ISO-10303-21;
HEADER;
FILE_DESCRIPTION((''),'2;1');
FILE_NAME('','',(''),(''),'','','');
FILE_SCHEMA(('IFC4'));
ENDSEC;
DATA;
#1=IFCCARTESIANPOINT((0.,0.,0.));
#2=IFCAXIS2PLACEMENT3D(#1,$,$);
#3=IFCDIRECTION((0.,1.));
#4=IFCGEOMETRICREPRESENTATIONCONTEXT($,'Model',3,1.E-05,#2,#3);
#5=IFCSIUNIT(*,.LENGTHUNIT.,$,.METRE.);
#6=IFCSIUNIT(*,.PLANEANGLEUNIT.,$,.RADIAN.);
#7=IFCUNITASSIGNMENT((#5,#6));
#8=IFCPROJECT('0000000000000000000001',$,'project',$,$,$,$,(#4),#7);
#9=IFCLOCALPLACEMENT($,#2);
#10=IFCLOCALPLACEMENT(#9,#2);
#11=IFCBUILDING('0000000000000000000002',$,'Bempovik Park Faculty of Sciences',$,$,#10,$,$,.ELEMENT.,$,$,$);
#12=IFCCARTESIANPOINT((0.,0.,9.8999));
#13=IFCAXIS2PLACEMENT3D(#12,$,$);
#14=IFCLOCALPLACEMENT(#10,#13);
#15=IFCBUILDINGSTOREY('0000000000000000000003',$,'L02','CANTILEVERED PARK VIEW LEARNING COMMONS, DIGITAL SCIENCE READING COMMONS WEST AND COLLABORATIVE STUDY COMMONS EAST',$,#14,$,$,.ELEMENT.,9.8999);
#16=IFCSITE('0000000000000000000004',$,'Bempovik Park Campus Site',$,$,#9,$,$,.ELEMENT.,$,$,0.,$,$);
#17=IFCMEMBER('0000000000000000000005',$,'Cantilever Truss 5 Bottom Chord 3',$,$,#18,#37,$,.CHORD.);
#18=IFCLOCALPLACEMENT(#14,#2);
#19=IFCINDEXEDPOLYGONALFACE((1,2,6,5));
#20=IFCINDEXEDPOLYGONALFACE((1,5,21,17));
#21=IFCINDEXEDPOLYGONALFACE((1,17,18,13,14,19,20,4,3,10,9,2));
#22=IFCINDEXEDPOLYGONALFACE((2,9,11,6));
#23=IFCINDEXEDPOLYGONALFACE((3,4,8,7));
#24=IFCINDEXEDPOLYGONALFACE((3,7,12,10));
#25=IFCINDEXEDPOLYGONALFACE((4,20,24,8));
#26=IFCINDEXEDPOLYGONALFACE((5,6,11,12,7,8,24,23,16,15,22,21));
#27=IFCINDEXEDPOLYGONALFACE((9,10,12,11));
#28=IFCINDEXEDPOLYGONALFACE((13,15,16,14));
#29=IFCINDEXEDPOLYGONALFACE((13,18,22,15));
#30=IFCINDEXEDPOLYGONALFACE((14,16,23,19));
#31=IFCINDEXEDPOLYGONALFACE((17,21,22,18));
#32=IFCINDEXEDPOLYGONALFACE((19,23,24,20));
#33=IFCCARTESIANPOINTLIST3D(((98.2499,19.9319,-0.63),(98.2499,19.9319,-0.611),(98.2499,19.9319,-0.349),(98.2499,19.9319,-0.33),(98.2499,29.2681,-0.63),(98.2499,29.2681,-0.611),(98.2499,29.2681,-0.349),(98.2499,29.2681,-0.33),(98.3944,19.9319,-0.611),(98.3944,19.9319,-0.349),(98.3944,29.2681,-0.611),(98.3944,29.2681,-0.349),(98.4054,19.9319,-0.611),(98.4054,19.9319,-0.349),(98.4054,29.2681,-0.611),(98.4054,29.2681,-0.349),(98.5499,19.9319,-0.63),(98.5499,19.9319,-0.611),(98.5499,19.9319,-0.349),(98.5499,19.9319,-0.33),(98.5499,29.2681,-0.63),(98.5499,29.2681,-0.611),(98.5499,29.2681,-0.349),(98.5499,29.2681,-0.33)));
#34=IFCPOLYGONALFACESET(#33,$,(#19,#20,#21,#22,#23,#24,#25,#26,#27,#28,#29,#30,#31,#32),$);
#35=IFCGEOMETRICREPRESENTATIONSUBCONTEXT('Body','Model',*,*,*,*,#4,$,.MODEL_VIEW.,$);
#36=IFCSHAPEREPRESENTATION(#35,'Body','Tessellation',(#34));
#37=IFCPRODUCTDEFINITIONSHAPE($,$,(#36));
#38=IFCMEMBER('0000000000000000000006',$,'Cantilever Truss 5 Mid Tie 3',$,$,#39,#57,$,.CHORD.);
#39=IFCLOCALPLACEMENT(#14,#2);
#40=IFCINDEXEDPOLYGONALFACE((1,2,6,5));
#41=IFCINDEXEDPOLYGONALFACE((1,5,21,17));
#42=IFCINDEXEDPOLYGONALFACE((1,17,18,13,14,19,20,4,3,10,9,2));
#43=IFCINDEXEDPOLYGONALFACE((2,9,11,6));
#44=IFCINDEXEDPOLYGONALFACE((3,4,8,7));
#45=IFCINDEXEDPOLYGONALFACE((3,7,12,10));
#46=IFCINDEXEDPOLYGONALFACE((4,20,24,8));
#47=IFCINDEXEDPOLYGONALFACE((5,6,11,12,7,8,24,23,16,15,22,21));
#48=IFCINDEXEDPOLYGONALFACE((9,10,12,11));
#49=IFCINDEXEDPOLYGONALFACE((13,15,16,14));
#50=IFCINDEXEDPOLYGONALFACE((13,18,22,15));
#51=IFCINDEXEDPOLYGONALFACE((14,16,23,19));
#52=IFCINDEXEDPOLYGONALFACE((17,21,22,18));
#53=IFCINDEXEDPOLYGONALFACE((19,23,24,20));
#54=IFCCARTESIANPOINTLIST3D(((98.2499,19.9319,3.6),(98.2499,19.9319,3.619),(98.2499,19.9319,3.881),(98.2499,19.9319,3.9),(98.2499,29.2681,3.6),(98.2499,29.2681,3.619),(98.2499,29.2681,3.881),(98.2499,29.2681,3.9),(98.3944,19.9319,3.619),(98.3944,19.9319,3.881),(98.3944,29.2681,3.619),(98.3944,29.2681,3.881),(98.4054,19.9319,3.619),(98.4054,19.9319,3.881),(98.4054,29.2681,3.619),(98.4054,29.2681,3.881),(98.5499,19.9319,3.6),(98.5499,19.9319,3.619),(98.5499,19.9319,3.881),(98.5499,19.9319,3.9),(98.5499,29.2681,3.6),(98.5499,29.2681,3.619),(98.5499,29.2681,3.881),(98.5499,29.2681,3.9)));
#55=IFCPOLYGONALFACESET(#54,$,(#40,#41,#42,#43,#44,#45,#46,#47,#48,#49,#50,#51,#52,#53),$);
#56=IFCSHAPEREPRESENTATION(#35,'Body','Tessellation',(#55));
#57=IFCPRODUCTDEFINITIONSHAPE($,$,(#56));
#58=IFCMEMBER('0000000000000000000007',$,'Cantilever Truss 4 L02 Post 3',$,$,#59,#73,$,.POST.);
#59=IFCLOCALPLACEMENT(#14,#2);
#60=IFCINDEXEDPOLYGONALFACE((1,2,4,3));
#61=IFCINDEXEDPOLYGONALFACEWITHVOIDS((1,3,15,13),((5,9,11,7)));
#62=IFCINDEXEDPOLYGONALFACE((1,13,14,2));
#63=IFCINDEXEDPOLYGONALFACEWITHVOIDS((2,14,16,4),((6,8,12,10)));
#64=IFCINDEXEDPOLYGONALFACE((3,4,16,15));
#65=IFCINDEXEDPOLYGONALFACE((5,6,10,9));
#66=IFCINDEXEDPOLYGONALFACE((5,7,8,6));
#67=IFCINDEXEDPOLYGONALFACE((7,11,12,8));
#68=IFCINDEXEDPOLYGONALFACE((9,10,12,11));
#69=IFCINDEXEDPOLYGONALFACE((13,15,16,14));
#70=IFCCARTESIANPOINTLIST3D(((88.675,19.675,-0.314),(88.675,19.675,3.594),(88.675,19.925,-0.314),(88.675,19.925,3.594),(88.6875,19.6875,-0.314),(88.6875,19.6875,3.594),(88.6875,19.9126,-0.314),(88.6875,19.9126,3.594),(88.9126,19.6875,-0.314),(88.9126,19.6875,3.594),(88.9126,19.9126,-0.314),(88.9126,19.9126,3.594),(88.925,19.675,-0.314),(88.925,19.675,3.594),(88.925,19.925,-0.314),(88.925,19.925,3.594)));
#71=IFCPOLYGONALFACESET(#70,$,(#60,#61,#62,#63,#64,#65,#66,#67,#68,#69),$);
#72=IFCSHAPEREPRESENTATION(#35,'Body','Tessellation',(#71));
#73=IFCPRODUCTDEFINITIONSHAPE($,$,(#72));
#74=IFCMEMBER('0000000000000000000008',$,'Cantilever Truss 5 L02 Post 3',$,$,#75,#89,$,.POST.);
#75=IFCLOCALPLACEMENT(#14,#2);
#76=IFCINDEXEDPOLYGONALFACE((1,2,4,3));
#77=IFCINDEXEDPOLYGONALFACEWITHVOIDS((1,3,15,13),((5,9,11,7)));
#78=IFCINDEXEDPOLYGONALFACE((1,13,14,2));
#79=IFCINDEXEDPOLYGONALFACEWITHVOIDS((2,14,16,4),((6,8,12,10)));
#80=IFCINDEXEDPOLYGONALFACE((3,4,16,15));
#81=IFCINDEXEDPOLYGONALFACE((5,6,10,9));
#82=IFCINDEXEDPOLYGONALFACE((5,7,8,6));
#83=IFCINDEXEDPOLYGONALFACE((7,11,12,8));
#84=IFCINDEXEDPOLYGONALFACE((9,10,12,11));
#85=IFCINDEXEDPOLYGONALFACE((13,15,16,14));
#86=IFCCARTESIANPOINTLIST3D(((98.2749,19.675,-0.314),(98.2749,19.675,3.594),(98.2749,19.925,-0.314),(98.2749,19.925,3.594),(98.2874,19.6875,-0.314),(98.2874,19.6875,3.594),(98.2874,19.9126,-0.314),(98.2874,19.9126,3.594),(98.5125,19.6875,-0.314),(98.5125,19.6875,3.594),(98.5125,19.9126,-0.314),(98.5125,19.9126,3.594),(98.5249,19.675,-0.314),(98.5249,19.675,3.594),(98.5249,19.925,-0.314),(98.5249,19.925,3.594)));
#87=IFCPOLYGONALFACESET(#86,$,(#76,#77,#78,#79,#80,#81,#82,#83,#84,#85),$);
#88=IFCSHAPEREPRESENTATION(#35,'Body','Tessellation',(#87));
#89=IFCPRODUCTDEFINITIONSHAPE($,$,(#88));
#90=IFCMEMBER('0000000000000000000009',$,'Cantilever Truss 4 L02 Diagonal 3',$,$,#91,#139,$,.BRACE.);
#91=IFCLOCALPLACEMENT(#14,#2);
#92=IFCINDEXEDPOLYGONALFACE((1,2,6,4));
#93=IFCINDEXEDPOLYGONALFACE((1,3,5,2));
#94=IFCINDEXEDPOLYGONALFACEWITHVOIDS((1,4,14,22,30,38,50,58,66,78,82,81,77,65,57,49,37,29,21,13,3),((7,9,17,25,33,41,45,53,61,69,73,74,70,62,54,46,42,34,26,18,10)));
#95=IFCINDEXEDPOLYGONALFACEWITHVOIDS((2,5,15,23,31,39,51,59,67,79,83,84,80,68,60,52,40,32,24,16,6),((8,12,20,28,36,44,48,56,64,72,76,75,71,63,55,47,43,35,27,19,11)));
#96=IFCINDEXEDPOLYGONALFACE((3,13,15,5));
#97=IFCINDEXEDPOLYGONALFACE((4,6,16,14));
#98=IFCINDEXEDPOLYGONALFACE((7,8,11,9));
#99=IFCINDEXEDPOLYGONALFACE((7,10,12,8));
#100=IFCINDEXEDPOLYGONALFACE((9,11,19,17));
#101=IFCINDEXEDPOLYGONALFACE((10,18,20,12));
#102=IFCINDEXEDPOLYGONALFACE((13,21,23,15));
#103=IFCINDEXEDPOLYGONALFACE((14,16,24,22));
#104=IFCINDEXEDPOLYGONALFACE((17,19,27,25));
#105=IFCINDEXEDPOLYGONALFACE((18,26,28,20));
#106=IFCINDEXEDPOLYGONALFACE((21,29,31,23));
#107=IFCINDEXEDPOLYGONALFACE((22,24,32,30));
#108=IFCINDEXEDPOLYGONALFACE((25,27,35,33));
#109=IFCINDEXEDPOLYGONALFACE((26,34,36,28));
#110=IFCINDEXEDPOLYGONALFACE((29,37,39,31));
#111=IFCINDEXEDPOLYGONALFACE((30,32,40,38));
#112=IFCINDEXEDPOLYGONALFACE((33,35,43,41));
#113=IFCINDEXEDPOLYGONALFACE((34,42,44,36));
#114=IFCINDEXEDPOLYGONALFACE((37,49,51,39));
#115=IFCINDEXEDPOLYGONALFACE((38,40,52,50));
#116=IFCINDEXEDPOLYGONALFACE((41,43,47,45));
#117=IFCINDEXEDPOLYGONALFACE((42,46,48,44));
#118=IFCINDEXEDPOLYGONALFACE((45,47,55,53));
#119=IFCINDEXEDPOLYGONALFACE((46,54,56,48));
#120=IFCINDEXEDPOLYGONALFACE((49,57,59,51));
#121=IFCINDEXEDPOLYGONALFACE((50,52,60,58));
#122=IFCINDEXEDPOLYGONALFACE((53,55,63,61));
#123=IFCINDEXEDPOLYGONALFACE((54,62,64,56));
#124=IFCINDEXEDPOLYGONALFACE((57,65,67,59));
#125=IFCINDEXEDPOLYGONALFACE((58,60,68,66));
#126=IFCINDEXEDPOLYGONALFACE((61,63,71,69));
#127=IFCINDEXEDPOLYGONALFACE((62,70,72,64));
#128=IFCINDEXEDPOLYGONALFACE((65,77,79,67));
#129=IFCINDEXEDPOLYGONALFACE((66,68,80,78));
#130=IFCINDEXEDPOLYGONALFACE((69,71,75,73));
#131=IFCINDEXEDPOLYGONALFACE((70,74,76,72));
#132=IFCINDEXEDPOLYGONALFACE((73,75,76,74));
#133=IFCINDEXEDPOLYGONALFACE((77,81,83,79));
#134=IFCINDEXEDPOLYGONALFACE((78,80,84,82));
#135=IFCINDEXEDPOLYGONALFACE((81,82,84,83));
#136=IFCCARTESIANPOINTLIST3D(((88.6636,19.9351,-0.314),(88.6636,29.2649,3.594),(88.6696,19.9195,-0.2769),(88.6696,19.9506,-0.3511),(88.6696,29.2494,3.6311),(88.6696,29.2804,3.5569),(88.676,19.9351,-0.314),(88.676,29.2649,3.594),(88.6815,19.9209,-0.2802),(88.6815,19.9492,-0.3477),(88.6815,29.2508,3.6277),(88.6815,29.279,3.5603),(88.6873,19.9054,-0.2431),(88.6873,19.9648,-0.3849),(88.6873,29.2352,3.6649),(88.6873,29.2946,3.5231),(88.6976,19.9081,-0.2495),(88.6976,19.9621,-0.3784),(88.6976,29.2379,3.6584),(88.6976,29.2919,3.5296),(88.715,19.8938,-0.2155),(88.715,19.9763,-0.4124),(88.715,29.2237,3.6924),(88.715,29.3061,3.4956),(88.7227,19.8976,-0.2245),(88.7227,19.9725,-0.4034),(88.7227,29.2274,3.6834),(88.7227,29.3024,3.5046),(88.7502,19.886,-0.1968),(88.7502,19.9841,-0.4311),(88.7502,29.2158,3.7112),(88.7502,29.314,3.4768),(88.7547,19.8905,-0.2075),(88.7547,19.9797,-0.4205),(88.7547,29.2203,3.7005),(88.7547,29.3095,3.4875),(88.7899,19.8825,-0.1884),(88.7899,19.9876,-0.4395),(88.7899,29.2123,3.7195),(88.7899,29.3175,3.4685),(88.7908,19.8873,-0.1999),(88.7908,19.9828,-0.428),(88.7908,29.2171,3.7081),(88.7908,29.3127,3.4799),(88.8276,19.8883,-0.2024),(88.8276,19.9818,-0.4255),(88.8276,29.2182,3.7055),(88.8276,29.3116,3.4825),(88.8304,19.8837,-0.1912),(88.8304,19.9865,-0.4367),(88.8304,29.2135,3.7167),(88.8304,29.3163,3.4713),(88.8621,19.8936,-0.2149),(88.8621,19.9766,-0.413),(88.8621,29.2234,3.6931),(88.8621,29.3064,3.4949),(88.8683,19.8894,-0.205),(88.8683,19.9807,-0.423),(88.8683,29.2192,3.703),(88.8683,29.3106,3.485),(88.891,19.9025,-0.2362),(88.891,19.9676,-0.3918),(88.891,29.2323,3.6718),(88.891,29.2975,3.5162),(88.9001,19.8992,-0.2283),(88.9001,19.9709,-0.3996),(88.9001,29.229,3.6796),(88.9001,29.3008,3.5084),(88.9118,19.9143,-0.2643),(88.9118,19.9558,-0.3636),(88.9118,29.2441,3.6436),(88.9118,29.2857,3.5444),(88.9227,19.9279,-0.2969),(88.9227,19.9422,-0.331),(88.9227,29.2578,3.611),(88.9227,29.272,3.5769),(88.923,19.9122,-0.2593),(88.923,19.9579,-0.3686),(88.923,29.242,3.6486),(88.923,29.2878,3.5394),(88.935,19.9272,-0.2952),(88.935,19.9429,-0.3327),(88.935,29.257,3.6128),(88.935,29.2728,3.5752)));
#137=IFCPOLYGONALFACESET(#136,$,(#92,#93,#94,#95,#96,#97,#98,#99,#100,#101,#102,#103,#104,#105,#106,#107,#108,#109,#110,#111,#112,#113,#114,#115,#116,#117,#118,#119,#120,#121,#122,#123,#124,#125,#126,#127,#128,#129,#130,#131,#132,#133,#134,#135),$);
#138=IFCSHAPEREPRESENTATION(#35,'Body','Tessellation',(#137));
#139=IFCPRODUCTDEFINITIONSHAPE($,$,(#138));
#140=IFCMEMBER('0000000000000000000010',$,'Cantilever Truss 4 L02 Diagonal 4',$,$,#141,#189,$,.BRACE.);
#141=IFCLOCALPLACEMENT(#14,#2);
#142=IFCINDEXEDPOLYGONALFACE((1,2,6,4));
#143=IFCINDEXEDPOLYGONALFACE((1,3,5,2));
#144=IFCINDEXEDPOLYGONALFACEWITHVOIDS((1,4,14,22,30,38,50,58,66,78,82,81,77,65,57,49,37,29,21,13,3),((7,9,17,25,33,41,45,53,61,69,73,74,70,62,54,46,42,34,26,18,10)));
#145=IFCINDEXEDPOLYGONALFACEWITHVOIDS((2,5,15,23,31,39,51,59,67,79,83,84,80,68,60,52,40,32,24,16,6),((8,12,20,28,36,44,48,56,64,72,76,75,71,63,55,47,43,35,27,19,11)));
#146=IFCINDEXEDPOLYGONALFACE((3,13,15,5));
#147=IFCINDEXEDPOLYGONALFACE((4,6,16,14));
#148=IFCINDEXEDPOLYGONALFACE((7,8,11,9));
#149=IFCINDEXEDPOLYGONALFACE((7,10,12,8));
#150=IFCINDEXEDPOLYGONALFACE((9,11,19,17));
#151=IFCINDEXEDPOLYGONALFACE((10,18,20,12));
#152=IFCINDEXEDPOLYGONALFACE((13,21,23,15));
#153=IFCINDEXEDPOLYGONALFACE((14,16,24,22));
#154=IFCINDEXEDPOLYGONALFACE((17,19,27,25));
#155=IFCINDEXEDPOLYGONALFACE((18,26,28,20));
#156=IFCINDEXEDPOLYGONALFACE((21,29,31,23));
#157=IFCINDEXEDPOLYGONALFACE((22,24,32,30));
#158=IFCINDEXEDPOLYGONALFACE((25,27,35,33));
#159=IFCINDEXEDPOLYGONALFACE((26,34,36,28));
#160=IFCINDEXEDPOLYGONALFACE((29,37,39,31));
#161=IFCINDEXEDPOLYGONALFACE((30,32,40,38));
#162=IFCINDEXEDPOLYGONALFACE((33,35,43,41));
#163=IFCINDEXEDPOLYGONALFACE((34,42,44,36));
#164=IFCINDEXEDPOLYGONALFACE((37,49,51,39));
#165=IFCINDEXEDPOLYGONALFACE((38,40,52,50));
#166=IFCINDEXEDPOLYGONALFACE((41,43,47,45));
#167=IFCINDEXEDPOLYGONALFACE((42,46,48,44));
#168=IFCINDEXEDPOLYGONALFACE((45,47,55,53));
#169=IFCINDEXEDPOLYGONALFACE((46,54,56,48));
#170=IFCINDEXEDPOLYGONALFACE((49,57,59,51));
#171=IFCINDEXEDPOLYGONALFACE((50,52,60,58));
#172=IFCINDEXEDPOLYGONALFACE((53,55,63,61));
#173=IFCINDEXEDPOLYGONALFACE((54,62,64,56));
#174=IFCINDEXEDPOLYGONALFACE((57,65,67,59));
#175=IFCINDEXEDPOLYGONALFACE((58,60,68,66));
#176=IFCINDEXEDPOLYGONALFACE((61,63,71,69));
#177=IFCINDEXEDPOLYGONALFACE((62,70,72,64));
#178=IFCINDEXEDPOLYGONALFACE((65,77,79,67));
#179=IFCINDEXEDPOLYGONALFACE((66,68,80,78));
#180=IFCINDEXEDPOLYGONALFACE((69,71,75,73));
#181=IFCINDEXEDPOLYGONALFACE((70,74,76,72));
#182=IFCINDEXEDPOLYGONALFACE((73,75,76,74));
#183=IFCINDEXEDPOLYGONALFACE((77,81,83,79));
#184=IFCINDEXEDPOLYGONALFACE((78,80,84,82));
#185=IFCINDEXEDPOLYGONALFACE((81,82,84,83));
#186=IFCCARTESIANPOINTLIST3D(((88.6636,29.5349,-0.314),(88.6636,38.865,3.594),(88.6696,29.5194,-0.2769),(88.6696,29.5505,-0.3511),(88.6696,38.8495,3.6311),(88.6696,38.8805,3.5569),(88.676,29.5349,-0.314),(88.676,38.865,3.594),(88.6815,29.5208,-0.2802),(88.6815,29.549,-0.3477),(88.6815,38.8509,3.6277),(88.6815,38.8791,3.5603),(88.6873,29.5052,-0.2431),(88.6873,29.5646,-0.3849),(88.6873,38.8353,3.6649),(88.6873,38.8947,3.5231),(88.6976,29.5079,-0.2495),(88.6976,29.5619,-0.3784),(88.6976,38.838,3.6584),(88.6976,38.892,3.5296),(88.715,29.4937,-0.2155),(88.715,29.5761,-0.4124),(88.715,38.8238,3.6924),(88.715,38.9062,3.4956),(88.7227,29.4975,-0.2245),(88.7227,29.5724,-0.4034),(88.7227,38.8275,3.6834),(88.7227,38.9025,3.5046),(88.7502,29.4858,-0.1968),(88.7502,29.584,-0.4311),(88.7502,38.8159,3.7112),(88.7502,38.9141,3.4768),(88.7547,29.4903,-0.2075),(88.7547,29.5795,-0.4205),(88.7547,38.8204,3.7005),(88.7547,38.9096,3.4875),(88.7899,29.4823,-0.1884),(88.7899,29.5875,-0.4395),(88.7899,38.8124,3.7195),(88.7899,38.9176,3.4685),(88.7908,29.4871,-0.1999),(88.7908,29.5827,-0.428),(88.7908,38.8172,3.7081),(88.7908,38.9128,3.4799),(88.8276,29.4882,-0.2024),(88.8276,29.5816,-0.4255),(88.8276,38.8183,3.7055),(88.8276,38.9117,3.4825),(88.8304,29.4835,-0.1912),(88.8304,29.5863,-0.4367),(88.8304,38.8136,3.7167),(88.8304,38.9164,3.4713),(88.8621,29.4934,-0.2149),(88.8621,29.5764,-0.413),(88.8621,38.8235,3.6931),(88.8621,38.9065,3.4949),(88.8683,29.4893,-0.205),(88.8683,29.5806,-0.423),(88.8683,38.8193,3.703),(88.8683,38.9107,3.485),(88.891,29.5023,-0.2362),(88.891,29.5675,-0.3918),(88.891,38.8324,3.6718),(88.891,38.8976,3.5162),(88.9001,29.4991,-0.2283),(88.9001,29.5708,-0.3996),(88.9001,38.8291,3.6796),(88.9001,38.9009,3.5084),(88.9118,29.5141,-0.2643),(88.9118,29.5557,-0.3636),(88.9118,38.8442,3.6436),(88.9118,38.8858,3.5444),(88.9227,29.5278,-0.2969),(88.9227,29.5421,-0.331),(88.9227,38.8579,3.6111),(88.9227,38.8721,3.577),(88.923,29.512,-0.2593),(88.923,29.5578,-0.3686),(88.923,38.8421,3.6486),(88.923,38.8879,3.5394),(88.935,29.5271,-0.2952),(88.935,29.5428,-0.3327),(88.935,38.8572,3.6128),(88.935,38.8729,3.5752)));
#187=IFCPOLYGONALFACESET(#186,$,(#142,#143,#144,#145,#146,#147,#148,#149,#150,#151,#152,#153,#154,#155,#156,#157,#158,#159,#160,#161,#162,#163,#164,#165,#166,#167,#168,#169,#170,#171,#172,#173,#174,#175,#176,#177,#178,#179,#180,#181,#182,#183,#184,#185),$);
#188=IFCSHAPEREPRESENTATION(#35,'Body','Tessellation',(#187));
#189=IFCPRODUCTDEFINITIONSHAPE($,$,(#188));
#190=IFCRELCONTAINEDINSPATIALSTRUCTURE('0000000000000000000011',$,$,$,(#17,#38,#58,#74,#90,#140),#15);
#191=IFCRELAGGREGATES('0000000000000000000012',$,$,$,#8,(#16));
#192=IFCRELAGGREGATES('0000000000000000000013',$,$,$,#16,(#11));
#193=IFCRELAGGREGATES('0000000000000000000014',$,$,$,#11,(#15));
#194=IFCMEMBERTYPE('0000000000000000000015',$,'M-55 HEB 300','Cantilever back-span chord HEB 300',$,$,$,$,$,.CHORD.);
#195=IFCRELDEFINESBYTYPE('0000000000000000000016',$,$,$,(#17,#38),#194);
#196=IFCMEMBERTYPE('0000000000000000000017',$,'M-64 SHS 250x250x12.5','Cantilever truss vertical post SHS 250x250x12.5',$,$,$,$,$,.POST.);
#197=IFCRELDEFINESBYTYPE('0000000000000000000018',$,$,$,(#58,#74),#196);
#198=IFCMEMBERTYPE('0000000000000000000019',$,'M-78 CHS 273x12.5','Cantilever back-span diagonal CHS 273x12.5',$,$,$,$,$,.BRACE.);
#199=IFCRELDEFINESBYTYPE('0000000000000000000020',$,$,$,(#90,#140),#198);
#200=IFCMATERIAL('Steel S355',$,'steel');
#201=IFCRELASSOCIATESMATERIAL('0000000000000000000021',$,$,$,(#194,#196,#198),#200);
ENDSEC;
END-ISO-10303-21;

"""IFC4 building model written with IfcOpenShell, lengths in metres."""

from ifc_helpers import new_model, si_unit, direction, frame, origin, origin_2d, place, context, subcontext, project, spatial, hollow_rectangle, hollow_circle, i_section, extrude, material, material_profile, profile_set, type_object, element, save


model = new_model("IFC4")

# Units and contexts
model_context = context("Model", 3, precision=1e-05, world=origin(), true_north=direction((0.0, 1.0)))
body_context = subcontext(model_context, "Body", "Model", "MODEL_VIEW")
ifc_project = project(units=[si_unit("LENGTHUNIT", "METRE"), si_unit("PLANEANGLEUNIT", "RADIAN")], contexts=[model_context])

# Site, building, storey
site_placement = place(None, origin())
site = spatial("IfcSite", under=ifc_project, at=site_placement, Name="Bempovik Park Campus Site", CompositionType="ELEMENT", RefElevation=0.0)
building_placement = place(site_placement, origin())
building = spatial("IfcBuilding", under=site, at=building_placement, Name="Bempovik Park Faculty of Sciences", CompositionType="ELEMENT")
storey_placement = place(building_placement, frame((0.0, 0.0, 9.8999)))
storey = spatial("IfcBuildingStorey", under=building, at=storey_placement, Name="L02", Description="CANTILEVERED PARK VIEW LEARNING COMMONS, DIGITAL SCIENCE READING COMMONS WEST AND COLLABORATIVE STUDY COMMONS EAST", CompositionType="ELEMENT", Elevation=9.8999)

# Shared definitions
ifc_material_1 = material(Name="Steel S355", Category="steel")

# Members
ifc_material_profile_1 = material_profile(ifc_material_1, i_section(OverallWidth=0.3, OverallDepth=0.3, WebThickness=0.011, FlangeThickness=0.019, at=origin_2d()), Name="HEB 300")
ifc_profile_set_1 = profile_set([ifc_material_profile_1], Name="Steel S355")
member_type_1 = type_object("IfcMemberType", Name="M-55 HEB 300", Description="Cantilever back-span chord HEB 300", PredefinedType="CHORD", material=ifc_profile_set_1)
for number, where, z_axis, x_axis, name in (
    (1, (98.3999, 19.9319, -0.48), (0.0, 1.0, 0.0), (-1.0, 0.0, 0.0), "Cantilever Truss 5 Bottom Chord 3"),
    (2, (98.3999, 19.9319, 3.75), (0.0, 1.0, 0.0), (-1.0, 0.0, 0.0), "Cantilever Truss 5 Mid Tie 3"),
):
    element("IfcMember", number, at=place(storey_placement, frame(where, z_axis=z_axis, x_axis=x_axis)), inside=storey, type_object=member_type_1, Name=name, PredefinedType="CHORD", context=body_context, shape_type="SweptSolid", body=[
        extrude(i_section(OverallWidth=0.3, OverallDepth=0.3, WebThickness=0.011, FlangeThickness=0.019, at=origin_2d()), origin(), (0.0, 0.0, 1.0), 9.3362),
    ])
ifc_material_profile_2 = material_profile(ifc_material_1, hollow_rectangle(XDim=0.25, YDim=0.25, WallThickness=0.0125, at=origin_2d()), Name="SHS 250x250x12.5")
ifc_profile_set_2 = profile_set([ifc_material_profile_2], Name="Steel S355")
member_type_2 = type_object("IfcMemberType", Name="M-64 SHS 250x250x12.5", Description="Cantilever truss vertical post SHS 250x250x12.5", PredefinedType="POST", material=ifc_profile_set_2)
for number, where, z_axis, x_axis, name in (
    (3, (88.8, 19.8, -0.314), (0.0, 0.0, 1.0), (1.0, 0.0, 0.0), "Cantilever Truss 4 L02 Post 3"),
    (4, (98.3999, 19.8, -0.314), (0.0, 0.0, 1.0), (1.0, 0.0, 0.0), "Cantilever Truss 5 L02 Post 3"),
):
    element("IfcMember", number, at=place(storey_placement, frame(where, z_axis=z_axis, x_axis=x_axis)), inside=storey, type_object=member_type_2, Name=name, PredefinedType="POST", context=body_context, shape_type="SweptSolid", body=[
        extrude(hollow_rectangle(XDim=0.25, YDim=0.25, WallThickness=0.0125, at=origin_2d()), origin(), (0.0, 0.0, 1.0), 3.908),
    ])
ifc_material_profile_3 = material_profile(ifc_material_1, hollow_circle(Radius=0.1365, WallThickness=0.0125, at=origin_2d()), Name="CHS 273x12.5")
ifc_profile_set_3 = profile_set([ifc_material_profile_3], Name="Steel S355")
member_type_3 = type_object("IfcMemberType", Name="M-78 CHS 273x12.5", Description="Cantilever back-span diagonal CHS 273x12.5", PredefinedType="BRACE", material=ifc_profile_set_3)
member_1_placement = place(storey_placement, frame((88.8, 19.9351, -0.314), z_axis=(0.0, 0.922355, 0.386344), x_axis=(-1.0, 0.0, 0.0)))
element("IfcMember", 5, at=member_1_placement, inside=storey, type_object=member_type_3, Name="Cantilever Truss 4 L02 Diagonal 3", PredefinedType="BRACE", context=body_context, shape_type="SweptSolid", body=[
    extrude(hollow_circle(Radius=0.1365, WallThickness=0.0125, at=origin_2d()), origin(), (0.0, 0.0, 1.0), 10.1152),
])
member_2_placement = place(storey_placement, frame((88.8, 29.5349, -0.314), z_axis=(0.0, 0.922358, 0.386335), x_axis=(-1.0, 0.0, 0.0)))
element("IfcMember", 6, at=member_2_placement, inside=storey, type_object=member_type_3, Name="Cantilever Truss 4 L02 Diagonal 4", PredefinedType="BRACE", context=body_context, shape_type="SweptSolid", body=[
    extrude(hollow_circle(Radius=0.1365, WallThickness=0.0125, at=origin_2d()), origin(), (0.0, 0.0, 1.0), 10.1155),
])

save(model, "model.ifc")
